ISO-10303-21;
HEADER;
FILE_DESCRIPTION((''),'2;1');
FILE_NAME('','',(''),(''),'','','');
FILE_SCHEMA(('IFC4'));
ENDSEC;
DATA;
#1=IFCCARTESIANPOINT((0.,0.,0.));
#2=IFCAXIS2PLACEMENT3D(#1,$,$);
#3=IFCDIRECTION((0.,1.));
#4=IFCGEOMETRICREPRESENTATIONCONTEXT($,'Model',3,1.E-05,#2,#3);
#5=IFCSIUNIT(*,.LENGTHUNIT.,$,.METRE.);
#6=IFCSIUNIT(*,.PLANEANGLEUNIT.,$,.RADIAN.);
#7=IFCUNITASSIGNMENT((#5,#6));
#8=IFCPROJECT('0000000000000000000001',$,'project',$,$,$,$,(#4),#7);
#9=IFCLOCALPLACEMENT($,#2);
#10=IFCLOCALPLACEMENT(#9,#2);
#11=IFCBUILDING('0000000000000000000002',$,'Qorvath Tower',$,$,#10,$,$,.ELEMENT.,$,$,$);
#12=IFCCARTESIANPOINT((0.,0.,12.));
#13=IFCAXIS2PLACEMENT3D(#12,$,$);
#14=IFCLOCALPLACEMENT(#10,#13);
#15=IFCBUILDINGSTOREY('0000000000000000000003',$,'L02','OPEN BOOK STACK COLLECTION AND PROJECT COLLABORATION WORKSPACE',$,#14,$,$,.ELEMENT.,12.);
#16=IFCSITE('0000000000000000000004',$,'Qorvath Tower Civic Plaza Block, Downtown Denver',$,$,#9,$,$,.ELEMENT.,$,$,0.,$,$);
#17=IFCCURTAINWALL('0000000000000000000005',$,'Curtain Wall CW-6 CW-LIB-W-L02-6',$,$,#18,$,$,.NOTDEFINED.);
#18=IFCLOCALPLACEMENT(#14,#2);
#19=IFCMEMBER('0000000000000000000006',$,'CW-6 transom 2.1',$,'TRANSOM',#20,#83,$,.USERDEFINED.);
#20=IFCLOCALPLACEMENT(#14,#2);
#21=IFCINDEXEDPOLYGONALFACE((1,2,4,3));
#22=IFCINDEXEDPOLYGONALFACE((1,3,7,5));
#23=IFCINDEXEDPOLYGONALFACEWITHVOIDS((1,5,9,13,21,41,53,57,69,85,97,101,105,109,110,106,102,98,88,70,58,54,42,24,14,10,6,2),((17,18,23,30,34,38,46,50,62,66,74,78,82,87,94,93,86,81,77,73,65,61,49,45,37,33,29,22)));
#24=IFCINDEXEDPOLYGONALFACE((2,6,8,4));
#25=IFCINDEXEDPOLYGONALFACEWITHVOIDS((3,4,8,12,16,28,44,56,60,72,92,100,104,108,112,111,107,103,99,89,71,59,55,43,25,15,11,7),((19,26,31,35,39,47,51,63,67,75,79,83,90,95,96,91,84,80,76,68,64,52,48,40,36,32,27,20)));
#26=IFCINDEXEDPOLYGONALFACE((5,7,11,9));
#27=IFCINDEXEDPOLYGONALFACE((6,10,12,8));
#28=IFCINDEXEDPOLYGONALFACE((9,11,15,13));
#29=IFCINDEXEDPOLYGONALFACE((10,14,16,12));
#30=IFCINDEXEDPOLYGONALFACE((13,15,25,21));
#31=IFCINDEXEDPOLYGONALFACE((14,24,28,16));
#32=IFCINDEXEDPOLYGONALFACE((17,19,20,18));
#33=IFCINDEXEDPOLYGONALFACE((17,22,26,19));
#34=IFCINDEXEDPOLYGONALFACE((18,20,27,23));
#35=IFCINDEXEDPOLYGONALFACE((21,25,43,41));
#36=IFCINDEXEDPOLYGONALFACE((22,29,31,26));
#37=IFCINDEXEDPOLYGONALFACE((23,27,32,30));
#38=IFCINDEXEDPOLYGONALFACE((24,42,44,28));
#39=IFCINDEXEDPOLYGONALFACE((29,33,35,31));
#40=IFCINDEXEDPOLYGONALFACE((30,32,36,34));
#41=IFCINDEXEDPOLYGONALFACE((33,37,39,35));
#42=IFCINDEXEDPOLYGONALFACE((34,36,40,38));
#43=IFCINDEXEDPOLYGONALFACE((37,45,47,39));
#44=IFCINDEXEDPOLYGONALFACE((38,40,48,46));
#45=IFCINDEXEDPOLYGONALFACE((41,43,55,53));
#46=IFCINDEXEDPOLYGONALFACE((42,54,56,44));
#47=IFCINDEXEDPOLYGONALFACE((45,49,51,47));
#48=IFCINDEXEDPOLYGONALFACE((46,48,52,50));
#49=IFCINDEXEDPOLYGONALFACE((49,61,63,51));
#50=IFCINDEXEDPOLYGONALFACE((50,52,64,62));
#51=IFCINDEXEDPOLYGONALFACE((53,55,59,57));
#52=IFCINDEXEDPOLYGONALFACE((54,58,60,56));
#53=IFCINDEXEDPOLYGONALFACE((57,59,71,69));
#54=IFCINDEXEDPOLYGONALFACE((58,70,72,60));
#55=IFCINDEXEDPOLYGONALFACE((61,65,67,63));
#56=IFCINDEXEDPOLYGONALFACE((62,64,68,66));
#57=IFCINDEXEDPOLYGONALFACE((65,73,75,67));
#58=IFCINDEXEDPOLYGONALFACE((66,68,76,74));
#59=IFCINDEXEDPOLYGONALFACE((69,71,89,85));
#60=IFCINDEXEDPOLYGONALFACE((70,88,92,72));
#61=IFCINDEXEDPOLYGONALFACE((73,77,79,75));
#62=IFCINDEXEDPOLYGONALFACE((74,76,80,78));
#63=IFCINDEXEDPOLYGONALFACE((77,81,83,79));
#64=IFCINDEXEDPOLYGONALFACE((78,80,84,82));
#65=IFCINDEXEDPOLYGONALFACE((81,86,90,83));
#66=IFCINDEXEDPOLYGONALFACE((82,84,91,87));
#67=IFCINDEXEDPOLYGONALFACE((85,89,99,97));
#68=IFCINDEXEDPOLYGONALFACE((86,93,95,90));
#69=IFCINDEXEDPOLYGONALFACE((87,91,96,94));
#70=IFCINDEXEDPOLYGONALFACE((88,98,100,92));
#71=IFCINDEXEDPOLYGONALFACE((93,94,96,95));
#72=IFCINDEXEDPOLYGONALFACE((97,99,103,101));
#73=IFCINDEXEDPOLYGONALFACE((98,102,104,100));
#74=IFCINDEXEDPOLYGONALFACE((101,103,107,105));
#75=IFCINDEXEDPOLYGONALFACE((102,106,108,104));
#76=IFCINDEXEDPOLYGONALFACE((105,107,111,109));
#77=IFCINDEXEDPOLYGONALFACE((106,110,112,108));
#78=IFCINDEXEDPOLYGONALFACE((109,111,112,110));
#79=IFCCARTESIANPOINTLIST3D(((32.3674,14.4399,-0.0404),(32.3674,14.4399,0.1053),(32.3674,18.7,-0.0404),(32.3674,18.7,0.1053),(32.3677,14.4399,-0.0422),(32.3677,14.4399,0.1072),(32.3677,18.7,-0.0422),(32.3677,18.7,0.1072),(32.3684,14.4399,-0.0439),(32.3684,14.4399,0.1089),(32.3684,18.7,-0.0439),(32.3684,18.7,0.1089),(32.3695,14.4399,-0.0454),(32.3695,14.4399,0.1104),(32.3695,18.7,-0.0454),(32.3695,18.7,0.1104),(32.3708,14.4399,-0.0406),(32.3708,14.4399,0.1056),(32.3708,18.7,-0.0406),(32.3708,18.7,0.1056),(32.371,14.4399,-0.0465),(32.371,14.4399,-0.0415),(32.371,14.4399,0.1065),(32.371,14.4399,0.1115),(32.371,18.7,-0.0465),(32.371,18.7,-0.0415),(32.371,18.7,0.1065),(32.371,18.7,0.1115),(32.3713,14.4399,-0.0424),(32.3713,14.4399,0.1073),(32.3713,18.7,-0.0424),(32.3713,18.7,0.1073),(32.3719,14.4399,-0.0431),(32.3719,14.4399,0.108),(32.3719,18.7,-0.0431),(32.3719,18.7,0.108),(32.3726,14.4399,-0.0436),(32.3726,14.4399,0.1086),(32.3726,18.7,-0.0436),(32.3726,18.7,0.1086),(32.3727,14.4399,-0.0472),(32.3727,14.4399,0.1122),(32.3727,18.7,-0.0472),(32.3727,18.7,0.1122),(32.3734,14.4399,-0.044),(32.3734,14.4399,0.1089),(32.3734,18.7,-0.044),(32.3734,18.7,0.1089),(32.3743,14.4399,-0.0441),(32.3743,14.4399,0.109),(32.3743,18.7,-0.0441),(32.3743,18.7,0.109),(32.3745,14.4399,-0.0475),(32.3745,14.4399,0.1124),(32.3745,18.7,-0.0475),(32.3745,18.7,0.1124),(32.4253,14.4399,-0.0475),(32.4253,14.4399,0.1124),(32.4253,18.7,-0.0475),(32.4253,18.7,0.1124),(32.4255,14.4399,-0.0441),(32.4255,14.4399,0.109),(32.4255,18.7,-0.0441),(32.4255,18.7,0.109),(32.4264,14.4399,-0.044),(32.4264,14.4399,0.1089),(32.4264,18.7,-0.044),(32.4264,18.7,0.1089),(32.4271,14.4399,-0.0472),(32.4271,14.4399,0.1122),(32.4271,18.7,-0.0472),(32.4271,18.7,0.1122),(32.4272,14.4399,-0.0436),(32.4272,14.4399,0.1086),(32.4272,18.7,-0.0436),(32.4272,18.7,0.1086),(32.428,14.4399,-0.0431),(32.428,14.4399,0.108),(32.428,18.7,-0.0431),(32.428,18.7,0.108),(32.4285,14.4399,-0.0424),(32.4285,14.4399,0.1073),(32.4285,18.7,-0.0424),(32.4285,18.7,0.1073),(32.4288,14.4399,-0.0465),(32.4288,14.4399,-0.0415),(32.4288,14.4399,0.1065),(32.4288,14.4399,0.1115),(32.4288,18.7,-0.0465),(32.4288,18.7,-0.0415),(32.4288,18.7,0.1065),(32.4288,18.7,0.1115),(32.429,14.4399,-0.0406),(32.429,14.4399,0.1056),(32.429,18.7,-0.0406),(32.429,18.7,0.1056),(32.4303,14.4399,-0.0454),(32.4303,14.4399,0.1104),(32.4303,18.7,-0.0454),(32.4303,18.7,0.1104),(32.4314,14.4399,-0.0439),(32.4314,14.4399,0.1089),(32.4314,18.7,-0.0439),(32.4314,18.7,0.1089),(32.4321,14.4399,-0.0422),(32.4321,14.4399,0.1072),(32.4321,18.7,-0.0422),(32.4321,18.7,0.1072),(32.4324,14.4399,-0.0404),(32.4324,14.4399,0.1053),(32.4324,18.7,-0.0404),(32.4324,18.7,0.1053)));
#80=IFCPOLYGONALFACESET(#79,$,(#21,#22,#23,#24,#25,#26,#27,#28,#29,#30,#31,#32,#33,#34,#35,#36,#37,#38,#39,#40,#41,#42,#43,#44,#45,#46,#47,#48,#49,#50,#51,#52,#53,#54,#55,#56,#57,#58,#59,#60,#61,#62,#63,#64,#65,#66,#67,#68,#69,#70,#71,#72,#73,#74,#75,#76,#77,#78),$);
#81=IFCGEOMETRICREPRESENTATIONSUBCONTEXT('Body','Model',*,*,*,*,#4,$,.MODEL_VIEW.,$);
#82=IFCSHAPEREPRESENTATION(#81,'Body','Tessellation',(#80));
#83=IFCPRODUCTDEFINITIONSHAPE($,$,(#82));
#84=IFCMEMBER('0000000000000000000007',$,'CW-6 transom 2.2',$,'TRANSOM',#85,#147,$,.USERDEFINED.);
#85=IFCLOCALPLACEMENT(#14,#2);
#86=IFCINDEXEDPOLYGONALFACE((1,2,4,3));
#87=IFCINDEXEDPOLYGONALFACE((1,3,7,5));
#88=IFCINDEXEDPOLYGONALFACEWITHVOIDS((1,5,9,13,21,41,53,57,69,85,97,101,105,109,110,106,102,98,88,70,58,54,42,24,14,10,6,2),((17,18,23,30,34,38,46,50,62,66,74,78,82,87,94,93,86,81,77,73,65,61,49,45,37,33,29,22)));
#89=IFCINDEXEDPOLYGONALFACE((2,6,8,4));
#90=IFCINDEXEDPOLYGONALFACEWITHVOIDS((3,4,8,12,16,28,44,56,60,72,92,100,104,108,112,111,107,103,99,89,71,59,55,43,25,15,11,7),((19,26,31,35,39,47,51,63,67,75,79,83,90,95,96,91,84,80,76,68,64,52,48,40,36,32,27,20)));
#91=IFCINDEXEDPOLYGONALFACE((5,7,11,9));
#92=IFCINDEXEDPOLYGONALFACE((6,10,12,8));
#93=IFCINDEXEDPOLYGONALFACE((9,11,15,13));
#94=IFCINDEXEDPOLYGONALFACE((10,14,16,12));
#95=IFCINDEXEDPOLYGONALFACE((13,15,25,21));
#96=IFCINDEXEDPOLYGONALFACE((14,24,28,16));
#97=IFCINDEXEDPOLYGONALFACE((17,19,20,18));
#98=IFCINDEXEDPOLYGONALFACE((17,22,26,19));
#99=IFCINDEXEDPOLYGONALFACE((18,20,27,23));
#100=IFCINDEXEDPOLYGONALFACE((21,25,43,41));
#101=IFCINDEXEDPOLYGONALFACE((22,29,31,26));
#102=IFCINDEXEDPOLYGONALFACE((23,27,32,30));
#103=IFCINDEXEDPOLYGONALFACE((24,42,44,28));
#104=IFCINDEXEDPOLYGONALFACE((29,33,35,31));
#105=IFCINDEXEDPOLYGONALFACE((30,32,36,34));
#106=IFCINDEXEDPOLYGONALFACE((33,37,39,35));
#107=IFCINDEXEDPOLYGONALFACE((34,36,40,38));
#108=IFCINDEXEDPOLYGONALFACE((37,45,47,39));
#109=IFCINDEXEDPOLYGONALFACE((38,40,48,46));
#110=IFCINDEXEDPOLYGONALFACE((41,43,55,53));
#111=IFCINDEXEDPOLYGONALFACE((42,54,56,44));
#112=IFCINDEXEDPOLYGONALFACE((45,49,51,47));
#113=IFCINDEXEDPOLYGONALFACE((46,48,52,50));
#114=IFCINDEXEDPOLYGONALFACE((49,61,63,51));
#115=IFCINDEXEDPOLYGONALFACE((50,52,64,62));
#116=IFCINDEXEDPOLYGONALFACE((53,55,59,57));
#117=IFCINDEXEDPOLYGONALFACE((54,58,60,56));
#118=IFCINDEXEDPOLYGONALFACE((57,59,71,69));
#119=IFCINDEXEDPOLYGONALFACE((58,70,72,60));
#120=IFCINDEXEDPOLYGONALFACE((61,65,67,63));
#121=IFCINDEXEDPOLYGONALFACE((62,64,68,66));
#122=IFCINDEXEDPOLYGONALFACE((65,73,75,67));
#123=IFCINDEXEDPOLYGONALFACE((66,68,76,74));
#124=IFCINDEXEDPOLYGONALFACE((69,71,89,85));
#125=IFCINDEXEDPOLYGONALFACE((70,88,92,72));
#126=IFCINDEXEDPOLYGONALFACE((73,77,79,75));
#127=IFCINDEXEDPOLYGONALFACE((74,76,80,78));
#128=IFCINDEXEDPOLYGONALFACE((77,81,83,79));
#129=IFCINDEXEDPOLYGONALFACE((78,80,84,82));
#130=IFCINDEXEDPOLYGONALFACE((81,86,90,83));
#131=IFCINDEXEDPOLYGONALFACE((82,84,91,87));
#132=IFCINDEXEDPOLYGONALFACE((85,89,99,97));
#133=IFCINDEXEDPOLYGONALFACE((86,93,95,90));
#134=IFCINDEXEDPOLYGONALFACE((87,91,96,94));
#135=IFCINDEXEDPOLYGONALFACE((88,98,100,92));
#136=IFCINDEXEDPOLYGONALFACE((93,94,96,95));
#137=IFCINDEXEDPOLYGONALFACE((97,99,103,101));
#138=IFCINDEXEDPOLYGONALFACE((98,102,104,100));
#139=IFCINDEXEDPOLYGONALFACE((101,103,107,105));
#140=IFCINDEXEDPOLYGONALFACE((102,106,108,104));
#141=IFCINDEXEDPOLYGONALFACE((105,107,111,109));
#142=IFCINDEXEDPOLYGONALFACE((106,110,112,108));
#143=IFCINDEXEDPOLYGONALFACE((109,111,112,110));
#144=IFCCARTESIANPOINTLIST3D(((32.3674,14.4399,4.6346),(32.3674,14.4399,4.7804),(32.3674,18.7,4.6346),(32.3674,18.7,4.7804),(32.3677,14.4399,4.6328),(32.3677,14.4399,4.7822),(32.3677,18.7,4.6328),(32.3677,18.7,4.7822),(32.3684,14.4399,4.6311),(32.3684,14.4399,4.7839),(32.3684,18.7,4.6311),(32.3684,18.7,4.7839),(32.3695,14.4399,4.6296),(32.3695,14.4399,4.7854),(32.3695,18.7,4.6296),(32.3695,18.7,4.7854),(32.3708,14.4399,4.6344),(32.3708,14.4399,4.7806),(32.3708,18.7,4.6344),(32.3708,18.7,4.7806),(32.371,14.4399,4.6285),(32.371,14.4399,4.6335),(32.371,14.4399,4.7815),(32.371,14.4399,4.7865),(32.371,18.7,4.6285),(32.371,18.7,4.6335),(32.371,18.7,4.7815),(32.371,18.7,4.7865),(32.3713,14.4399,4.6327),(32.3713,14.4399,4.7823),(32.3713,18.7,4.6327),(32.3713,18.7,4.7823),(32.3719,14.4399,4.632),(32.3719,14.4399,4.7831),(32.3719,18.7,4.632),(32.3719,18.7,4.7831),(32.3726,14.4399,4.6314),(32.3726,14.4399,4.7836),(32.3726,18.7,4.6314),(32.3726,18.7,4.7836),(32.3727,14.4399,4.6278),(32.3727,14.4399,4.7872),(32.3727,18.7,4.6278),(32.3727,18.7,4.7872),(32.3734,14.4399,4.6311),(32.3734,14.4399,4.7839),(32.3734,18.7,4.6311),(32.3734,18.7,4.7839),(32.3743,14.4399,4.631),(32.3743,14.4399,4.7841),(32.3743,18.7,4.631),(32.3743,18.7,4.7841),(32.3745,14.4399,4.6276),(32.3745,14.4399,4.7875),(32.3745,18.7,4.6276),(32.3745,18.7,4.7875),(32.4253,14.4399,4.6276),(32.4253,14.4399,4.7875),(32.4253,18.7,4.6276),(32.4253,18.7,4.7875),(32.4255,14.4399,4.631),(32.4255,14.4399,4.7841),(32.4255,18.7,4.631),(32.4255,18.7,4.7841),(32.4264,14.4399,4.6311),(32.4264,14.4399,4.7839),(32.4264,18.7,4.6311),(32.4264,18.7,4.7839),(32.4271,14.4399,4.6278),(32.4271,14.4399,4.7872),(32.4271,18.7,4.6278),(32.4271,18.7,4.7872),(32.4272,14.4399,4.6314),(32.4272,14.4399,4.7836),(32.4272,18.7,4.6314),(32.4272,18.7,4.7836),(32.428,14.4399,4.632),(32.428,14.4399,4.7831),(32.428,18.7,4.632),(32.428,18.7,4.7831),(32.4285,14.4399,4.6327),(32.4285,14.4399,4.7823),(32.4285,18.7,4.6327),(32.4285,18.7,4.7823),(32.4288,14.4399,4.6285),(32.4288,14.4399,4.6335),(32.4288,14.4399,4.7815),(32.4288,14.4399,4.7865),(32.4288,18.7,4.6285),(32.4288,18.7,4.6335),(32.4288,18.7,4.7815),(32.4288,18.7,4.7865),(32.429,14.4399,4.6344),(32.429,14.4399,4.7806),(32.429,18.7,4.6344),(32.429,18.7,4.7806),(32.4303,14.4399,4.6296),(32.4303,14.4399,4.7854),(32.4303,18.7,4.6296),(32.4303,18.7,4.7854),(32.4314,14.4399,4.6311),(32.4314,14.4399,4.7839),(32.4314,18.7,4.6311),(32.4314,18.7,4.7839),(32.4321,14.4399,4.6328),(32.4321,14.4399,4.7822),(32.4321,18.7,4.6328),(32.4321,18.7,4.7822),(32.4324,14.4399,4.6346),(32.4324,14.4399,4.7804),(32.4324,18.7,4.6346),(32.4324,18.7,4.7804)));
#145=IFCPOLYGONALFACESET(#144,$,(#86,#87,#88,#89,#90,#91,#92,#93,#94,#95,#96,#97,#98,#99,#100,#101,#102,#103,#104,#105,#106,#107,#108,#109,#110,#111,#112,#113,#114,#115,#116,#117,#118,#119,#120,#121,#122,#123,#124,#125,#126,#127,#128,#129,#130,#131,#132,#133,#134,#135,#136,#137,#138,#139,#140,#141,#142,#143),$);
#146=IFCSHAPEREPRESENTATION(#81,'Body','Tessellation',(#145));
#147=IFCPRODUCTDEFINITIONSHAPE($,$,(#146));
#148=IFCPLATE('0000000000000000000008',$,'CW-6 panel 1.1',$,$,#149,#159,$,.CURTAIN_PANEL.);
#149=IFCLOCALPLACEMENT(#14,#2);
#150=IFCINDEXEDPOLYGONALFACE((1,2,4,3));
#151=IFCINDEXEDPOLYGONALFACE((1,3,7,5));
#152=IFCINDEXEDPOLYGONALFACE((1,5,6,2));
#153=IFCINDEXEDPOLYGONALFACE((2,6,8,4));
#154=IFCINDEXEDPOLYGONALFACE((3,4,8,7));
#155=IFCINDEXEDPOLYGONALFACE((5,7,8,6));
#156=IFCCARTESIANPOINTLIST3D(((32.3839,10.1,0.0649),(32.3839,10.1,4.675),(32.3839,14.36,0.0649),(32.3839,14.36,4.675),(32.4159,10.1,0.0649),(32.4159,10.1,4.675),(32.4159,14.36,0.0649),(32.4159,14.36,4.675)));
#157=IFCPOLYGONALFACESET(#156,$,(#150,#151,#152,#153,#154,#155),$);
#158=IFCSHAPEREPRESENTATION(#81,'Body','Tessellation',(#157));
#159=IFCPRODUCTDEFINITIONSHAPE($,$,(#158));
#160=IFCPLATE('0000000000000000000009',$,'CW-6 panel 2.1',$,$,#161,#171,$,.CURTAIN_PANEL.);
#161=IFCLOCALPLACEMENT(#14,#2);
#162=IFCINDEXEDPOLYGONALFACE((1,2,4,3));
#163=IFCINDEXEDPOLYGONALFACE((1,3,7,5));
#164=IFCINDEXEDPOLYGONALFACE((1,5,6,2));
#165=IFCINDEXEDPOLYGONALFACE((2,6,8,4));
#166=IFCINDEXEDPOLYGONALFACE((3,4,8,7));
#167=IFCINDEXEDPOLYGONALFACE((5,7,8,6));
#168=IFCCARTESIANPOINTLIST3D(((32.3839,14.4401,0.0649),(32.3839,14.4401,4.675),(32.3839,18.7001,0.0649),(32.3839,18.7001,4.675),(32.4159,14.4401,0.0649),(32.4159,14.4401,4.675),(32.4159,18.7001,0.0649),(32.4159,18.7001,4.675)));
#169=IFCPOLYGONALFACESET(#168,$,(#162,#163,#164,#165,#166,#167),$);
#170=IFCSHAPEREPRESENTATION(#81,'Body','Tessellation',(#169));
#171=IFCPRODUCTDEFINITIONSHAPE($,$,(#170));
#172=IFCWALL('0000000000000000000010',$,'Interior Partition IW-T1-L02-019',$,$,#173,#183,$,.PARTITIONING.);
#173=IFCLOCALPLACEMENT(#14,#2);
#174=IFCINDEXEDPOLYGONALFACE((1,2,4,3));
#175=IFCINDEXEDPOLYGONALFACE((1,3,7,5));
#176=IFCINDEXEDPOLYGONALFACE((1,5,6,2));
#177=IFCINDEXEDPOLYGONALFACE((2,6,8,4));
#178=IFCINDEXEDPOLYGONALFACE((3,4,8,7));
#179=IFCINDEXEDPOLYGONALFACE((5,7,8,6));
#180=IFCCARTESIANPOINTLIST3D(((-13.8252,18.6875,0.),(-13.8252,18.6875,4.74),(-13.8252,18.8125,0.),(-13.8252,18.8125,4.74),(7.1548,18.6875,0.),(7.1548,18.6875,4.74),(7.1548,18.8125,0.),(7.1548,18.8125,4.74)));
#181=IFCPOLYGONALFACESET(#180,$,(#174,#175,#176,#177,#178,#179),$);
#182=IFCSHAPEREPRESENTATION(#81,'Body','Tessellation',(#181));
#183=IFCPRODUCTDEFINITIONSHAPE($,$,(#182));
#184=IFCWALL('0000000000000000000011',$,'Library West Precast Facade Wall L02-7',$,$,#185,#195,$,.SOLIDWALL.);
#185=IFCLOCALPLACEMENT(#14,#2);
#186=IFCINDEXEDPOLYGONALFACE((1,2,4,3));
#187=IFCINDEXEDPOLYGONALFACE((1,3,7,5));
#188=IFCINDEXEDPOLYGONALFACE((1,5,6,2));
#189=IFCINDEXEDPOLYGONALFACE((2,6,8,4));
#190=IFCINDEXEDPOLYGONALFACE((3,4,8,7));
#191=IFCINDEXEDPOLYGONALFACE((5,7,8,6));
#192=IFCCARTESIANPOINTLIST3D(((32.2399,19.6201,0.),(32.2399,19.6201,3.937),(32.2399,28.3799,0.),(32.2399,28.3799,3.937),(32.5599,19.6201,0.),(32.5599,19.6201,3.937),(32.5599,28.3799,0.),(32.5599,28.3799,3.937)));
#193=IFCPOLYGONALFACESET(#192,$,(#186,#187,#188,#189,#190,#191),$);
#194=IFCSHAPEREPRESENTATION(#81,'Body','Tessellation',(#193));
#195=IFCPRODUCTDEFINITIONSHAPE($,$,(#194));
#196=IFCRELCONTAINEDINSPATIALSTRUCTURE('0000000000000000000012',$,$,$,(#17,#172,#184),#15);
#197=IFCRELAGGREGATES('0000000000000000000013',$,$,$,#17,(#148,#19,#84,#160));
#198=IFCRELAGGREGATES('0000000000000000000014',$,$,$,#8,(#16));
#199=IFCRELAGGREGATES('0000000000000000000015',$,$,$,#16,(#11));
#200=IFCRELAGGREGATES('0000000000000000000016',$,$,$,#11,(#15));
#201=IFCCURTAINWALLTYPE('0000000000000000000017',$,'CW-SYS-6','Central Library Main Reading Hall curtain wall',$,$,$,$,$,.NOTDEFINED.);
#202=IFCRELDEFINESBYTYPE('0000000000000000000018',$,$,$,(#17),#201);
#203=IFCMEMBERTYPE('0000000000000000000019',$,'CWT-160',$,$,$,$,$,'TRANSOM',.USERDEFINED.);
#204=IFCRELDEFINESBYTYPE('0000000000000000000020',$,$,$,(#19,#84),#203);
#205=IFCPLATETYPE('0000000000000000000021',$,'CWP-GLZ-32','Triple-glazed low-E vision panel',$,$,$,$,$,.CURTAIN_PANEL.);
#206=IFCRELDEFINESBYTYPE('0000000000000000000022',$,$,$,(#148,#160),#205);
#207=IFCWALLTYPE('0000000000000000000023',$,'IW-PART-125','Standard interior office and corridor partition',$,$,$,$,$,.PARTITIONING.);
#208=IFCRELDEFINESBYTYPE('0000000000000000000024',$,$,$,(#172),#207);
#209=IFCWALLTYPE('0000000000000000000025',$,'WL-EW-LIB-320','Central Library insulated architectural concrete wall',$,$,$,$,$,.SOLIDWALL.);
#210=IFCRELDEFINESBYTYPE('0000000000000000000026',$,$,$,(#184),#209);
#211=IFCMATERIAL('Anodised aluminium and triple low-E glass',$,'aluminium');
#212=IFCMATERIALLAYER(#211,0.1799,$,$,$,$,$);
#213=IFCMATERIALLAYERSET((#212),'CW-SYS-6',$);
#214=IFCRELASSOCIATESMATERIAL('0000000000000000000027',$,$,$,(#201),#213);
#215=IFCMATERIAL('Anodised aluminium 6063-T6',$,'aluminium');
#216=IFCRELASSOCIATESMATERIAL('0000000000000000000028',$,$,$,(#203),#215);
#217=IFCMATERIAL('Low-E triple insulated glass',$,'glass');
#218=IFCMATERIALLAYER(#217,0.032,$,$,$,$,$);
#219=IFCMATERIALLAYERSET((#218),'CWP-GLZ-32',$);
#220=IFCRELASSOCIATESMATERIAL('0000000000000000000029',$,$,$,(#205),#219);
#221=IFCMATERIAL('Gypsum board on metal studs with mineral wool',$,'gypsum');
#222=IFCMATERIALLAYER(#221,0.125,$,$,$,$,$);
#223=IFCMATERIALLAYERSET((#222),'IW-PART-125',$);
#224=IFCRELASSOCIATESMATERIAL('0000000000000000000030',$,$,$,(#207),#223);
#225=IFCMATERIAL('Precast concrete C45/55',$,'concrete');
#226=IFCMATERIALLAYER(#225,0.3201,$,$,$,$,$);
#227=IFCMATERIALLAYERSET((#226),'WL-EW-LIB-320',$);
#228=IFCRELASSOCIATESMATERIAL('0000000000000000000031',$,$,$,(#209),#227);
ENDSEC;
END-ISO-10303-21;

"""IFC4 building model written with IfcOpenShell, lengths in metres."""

from ifc_helpers import new_model, si_unit, direction, frame, frame_2d, origin, origin_2d, place, context, subcontext, project, spatial, rectangle, hollow_rectangle, extrude, material, layer, layer_set, material_profile, profile_set, type_object, element, aggregate, save


model = new_model("IFC4")

# Units and contexts
model_context = context("Model", 3, precision=1e-05, world=origin(), true_north=direction((0.0, 1.0)))
body_context = subcontext(model_context, "Body", "Model", "MODEL_VIEW")
ifc_project = project(units=[si_unit("LENGTHUNIT", "METRE"), si_unit("PLANEANGLEUNIT", "RADIAN")], contexts=[model_context])

# Site, building, storey
site_placement = place(None, origin())
site = spatial("IfcSite", under=ifc_project, at=site_placement, Name="Qorvath Tower Civic Plaza Block, Downtown Denver", CompositionType="ELEMENT", RefElevation=0.0)
building_placement = place(site_placement, origin())
building = spatial("IfcBuilding", under=site, at=building_placement, Name="Qorvath Tower", CompositionType="ELEMENT")
storey_placement = place(building_placement, frame((0.0, 0.0, 12.0)))
storey = spatial("IfcBuildingStorey", under=building, at=storey_placement, Name="L02", Description="OPEN BOOK STACK COLLECTION AND PROJECT COLLABORATION WORKSPACE", CompositionType="ELEMENT", Elevation=12.0)

# Curtain wall, members, plates
ifc_material_1 = material(Name="Anodised aluminium and triple low-E glass", Category="aluminium")
ifc_layer_1 = layer(ifc_material_1, 0.1799)
ifc_layer_set_1 = layer_set([ifc_layer_1], Name="CW-SYS-6")
curtain_wall_type = type_object("IfcCurtainWallType", Name="CW-SYS-6", Description="Central Library Main Reading Hall curtain wall", PredefinedType="NOTDEFINED", material=ifc_layer_set_1)
curtain_wall_placement = place(storey_placement, origin())
curtain_wall = element("IfcCurtainWall", 1, at=curtain_wall_placement, inside=storey, type_object=curtain_wall_type, Name="Curtain Wall CW-6 CW-LIB-W-L02-6", PredefinedType="NOTDEFINED")
ifc_material_2 = material(Name="Anodised aluminium 6063-T6", Category="aluminium")
ifc_material_profile_1 = material_profile(ifc_material_2, hollow_rectangle(XDim=0.0649, YDim=0.1599, WallThickness=0.0034, InnerFilletRadius=0.0034, OuterFilletRadius=0.0071, at=origin_2d()), Name="CWT 160x65")
ifc_profile_set_1 = profile_set([ifc_material_profile_1], Name="Anodised aluminium 6063-T6")
member_type_1 = type_object("IfcMemberType", Name="CWT-160", ElementType="TRANSOM", PredefinedType="USERDEFINED", material=ifc_profile_set_1)
member_1_placement = place(storey_placement, frame((32.3999, 14.4399, 0.0325), z_axis=(0.0, 1.0, 0.0), x_axis=(-1.0, 0.0, 0.0)))
member_1 = element("IfcMember", 2, at=member_1_placement, type_object=member_type_1, Name="CW-6 transom 2.1", ObjectType="TRANSOM", PredefinedType="USERDEFINED", context=body_context, shape_type="SweptSolid", body=[
    extrude(hollow_rectangle(XDim=0.0649, YDim=0.1599, WallThickness=0.0034, InnerFilletRadius=0.0034, OuterFilletRadius=0.0071, at=origin_2d()), origin(), (0.0, 0.0, 1.0), 4.26),
])
member_2_placement = place(storey_placement, frame((32.3999, 14.4399, 4.7075), z_axis=(0.0, 1.0, 0.0), x_axis=(-1.0, 0.0, 0.0)))
member_2 = element("IfcMember", 3, at=member_2_placement, type_object=member_type_1, Name="CW-6 transom 2.2", ObjectType="TRANSOM", PredefinedType="USERDEFINED", context=body_context, shape_type="SweptSolid", body=[
    extrude(hollow_rectangle(XDim=0.0649, YDim=0.1599, WallThickness=0.0034, InnerFilletRadius=0.0034, OuterFilletRadius=0.0071, at=origin_2d()), origin(), (0.0, 0.0, 1.0), 4.26),
])
ifc_material_3 = material(Name="Low-E triple insulated glass", Category="glass")
ifc_layer_2 = layer(ifc_material_3, 0.032)
ifc_layer_set_2 = layer_set([ifc_layer_2], Name="CWP-GLZ-32")
plate_type = type_object("IfcPlateType", Name="CWP-GLZ-32", Description="Triple-glazed low-E vision panel", PredefinedType="CURTAIN_PANEL", material=ifc_layer_set_2)
plate_1_placement = place(storey_placement, frame((32.3999, 12.23, 0.0649), z_axis=(0.0, 0.0, 1.0), x_axis=(0.0, 1.0, 0.0)))
plate_1 = element("IfcPlate", 4, at=plate_1_placement, type_object=plate_type, Name="CW-6 panel 1.1", PredefinedType="CURTAIN_PANEL", context=body_context, shape_type="SweptSolid", body=[
    extrude(rectangle(XDim=4.26, YDim=0.032, at=origin_2d()), origin(), (0.0, 0.0, 1.0), 4.6101),
])
plate_2_placement = place(storey_placement, frame((32.3999, 16.5701, 0.0649), z_axis=(0.0, 0.0, 1.0), x_axis=(0.0, 1.0, 0.0)))
plate_2 = element("IfcPlate", 5, at=plate_2_placement, type_object=plate_type, Name="CW-6 panel 2.1", PredefinedType="CURTAIN_PANEL", context=body_context, shape_type="SweptSolid", body=[
    extrude(rectangle(XDim=4.26, YDim=0.032, at=origin_2d()), origin(), (0.0, 0.0, 1.0), 4.6101),
])
aggregate(curtain_wall, [plate_1, member_1, member_2, plate_2])

# Walls
ifc_material_4 = material(Name="Gypsum board on metal studs with mineral wool", Category="gypsum")
ifc_layer_3 = layer(ifc_material_4, 0.125)
ifc_layer_set_3 = layer_set([ifc_layer_3], Name="IW-PART-125")
wall_type_1 = type_object("IfcWallType", Name="IW-PART-125", Description="Standard interior office and corridor partition", PredefinedType="PARTITIONING", material=ifc_layer_set_3)
wall_1_placement = place(storey_placement, frame((7.1548, 18.75, 0.0), z_axis=(0.0, 0.0, 1.0), x_axis=(-1.0, 0.0, 0.0)))
element("IfcWall", 6, at=wall_1_placement, inside=storey, type_object=wall_type_1, Name="Interior Partition IW-T1-L02-019", PredefinedType="PARTITIONING", context=body_context, shape_type="SweptSolid", body=[
    extrude(rectangle(XDim=20.98, YDim=0.125, at=frame_2d((10.49, 0.0))), origin(), (0.0, 0.0, 1.0), 4.74),
])
ifc_material_5 = material(Name="Precast concrete C45/55", Category="concrete")
ifc_layer_4 = layer(ifc_material_5, 0.3201)
ifc_layer_set_4 = layer_set([ifc_layer_4], Name="WL-EW-LIB-320")
wall_type_2 = type_object("IfcWallType", Name="WL-EW-LIB-320", Description="Central Library insulated architectural concrete wall", PredefinedType="SOLIDWALL", material=ifc_layer_set_4)
wall_2_placement = place(storey_placement, frame((32.3999, 19.6201, 0.0), z_axis=(0.0, 0.0, 1.0), x_axis=(0.0, 1.0, 0.0)))
element("IfcWall", 7, at=wall_2_placement, inside=storey, type_object=wall_type_2, Name="Library West Precast Facade Wall L02-7", PredefinedType="SOLIDWALL", context=body_context, shape_type="SweptSolid", body=[
    extrude(rectangle(XDim=8.7598, YDim=0.3201, at=frame_2d((4.3799, 0.0))), origin(), (0.0, 0.0, 1.0), 3.937),
])

save(model, "model.ifc")
